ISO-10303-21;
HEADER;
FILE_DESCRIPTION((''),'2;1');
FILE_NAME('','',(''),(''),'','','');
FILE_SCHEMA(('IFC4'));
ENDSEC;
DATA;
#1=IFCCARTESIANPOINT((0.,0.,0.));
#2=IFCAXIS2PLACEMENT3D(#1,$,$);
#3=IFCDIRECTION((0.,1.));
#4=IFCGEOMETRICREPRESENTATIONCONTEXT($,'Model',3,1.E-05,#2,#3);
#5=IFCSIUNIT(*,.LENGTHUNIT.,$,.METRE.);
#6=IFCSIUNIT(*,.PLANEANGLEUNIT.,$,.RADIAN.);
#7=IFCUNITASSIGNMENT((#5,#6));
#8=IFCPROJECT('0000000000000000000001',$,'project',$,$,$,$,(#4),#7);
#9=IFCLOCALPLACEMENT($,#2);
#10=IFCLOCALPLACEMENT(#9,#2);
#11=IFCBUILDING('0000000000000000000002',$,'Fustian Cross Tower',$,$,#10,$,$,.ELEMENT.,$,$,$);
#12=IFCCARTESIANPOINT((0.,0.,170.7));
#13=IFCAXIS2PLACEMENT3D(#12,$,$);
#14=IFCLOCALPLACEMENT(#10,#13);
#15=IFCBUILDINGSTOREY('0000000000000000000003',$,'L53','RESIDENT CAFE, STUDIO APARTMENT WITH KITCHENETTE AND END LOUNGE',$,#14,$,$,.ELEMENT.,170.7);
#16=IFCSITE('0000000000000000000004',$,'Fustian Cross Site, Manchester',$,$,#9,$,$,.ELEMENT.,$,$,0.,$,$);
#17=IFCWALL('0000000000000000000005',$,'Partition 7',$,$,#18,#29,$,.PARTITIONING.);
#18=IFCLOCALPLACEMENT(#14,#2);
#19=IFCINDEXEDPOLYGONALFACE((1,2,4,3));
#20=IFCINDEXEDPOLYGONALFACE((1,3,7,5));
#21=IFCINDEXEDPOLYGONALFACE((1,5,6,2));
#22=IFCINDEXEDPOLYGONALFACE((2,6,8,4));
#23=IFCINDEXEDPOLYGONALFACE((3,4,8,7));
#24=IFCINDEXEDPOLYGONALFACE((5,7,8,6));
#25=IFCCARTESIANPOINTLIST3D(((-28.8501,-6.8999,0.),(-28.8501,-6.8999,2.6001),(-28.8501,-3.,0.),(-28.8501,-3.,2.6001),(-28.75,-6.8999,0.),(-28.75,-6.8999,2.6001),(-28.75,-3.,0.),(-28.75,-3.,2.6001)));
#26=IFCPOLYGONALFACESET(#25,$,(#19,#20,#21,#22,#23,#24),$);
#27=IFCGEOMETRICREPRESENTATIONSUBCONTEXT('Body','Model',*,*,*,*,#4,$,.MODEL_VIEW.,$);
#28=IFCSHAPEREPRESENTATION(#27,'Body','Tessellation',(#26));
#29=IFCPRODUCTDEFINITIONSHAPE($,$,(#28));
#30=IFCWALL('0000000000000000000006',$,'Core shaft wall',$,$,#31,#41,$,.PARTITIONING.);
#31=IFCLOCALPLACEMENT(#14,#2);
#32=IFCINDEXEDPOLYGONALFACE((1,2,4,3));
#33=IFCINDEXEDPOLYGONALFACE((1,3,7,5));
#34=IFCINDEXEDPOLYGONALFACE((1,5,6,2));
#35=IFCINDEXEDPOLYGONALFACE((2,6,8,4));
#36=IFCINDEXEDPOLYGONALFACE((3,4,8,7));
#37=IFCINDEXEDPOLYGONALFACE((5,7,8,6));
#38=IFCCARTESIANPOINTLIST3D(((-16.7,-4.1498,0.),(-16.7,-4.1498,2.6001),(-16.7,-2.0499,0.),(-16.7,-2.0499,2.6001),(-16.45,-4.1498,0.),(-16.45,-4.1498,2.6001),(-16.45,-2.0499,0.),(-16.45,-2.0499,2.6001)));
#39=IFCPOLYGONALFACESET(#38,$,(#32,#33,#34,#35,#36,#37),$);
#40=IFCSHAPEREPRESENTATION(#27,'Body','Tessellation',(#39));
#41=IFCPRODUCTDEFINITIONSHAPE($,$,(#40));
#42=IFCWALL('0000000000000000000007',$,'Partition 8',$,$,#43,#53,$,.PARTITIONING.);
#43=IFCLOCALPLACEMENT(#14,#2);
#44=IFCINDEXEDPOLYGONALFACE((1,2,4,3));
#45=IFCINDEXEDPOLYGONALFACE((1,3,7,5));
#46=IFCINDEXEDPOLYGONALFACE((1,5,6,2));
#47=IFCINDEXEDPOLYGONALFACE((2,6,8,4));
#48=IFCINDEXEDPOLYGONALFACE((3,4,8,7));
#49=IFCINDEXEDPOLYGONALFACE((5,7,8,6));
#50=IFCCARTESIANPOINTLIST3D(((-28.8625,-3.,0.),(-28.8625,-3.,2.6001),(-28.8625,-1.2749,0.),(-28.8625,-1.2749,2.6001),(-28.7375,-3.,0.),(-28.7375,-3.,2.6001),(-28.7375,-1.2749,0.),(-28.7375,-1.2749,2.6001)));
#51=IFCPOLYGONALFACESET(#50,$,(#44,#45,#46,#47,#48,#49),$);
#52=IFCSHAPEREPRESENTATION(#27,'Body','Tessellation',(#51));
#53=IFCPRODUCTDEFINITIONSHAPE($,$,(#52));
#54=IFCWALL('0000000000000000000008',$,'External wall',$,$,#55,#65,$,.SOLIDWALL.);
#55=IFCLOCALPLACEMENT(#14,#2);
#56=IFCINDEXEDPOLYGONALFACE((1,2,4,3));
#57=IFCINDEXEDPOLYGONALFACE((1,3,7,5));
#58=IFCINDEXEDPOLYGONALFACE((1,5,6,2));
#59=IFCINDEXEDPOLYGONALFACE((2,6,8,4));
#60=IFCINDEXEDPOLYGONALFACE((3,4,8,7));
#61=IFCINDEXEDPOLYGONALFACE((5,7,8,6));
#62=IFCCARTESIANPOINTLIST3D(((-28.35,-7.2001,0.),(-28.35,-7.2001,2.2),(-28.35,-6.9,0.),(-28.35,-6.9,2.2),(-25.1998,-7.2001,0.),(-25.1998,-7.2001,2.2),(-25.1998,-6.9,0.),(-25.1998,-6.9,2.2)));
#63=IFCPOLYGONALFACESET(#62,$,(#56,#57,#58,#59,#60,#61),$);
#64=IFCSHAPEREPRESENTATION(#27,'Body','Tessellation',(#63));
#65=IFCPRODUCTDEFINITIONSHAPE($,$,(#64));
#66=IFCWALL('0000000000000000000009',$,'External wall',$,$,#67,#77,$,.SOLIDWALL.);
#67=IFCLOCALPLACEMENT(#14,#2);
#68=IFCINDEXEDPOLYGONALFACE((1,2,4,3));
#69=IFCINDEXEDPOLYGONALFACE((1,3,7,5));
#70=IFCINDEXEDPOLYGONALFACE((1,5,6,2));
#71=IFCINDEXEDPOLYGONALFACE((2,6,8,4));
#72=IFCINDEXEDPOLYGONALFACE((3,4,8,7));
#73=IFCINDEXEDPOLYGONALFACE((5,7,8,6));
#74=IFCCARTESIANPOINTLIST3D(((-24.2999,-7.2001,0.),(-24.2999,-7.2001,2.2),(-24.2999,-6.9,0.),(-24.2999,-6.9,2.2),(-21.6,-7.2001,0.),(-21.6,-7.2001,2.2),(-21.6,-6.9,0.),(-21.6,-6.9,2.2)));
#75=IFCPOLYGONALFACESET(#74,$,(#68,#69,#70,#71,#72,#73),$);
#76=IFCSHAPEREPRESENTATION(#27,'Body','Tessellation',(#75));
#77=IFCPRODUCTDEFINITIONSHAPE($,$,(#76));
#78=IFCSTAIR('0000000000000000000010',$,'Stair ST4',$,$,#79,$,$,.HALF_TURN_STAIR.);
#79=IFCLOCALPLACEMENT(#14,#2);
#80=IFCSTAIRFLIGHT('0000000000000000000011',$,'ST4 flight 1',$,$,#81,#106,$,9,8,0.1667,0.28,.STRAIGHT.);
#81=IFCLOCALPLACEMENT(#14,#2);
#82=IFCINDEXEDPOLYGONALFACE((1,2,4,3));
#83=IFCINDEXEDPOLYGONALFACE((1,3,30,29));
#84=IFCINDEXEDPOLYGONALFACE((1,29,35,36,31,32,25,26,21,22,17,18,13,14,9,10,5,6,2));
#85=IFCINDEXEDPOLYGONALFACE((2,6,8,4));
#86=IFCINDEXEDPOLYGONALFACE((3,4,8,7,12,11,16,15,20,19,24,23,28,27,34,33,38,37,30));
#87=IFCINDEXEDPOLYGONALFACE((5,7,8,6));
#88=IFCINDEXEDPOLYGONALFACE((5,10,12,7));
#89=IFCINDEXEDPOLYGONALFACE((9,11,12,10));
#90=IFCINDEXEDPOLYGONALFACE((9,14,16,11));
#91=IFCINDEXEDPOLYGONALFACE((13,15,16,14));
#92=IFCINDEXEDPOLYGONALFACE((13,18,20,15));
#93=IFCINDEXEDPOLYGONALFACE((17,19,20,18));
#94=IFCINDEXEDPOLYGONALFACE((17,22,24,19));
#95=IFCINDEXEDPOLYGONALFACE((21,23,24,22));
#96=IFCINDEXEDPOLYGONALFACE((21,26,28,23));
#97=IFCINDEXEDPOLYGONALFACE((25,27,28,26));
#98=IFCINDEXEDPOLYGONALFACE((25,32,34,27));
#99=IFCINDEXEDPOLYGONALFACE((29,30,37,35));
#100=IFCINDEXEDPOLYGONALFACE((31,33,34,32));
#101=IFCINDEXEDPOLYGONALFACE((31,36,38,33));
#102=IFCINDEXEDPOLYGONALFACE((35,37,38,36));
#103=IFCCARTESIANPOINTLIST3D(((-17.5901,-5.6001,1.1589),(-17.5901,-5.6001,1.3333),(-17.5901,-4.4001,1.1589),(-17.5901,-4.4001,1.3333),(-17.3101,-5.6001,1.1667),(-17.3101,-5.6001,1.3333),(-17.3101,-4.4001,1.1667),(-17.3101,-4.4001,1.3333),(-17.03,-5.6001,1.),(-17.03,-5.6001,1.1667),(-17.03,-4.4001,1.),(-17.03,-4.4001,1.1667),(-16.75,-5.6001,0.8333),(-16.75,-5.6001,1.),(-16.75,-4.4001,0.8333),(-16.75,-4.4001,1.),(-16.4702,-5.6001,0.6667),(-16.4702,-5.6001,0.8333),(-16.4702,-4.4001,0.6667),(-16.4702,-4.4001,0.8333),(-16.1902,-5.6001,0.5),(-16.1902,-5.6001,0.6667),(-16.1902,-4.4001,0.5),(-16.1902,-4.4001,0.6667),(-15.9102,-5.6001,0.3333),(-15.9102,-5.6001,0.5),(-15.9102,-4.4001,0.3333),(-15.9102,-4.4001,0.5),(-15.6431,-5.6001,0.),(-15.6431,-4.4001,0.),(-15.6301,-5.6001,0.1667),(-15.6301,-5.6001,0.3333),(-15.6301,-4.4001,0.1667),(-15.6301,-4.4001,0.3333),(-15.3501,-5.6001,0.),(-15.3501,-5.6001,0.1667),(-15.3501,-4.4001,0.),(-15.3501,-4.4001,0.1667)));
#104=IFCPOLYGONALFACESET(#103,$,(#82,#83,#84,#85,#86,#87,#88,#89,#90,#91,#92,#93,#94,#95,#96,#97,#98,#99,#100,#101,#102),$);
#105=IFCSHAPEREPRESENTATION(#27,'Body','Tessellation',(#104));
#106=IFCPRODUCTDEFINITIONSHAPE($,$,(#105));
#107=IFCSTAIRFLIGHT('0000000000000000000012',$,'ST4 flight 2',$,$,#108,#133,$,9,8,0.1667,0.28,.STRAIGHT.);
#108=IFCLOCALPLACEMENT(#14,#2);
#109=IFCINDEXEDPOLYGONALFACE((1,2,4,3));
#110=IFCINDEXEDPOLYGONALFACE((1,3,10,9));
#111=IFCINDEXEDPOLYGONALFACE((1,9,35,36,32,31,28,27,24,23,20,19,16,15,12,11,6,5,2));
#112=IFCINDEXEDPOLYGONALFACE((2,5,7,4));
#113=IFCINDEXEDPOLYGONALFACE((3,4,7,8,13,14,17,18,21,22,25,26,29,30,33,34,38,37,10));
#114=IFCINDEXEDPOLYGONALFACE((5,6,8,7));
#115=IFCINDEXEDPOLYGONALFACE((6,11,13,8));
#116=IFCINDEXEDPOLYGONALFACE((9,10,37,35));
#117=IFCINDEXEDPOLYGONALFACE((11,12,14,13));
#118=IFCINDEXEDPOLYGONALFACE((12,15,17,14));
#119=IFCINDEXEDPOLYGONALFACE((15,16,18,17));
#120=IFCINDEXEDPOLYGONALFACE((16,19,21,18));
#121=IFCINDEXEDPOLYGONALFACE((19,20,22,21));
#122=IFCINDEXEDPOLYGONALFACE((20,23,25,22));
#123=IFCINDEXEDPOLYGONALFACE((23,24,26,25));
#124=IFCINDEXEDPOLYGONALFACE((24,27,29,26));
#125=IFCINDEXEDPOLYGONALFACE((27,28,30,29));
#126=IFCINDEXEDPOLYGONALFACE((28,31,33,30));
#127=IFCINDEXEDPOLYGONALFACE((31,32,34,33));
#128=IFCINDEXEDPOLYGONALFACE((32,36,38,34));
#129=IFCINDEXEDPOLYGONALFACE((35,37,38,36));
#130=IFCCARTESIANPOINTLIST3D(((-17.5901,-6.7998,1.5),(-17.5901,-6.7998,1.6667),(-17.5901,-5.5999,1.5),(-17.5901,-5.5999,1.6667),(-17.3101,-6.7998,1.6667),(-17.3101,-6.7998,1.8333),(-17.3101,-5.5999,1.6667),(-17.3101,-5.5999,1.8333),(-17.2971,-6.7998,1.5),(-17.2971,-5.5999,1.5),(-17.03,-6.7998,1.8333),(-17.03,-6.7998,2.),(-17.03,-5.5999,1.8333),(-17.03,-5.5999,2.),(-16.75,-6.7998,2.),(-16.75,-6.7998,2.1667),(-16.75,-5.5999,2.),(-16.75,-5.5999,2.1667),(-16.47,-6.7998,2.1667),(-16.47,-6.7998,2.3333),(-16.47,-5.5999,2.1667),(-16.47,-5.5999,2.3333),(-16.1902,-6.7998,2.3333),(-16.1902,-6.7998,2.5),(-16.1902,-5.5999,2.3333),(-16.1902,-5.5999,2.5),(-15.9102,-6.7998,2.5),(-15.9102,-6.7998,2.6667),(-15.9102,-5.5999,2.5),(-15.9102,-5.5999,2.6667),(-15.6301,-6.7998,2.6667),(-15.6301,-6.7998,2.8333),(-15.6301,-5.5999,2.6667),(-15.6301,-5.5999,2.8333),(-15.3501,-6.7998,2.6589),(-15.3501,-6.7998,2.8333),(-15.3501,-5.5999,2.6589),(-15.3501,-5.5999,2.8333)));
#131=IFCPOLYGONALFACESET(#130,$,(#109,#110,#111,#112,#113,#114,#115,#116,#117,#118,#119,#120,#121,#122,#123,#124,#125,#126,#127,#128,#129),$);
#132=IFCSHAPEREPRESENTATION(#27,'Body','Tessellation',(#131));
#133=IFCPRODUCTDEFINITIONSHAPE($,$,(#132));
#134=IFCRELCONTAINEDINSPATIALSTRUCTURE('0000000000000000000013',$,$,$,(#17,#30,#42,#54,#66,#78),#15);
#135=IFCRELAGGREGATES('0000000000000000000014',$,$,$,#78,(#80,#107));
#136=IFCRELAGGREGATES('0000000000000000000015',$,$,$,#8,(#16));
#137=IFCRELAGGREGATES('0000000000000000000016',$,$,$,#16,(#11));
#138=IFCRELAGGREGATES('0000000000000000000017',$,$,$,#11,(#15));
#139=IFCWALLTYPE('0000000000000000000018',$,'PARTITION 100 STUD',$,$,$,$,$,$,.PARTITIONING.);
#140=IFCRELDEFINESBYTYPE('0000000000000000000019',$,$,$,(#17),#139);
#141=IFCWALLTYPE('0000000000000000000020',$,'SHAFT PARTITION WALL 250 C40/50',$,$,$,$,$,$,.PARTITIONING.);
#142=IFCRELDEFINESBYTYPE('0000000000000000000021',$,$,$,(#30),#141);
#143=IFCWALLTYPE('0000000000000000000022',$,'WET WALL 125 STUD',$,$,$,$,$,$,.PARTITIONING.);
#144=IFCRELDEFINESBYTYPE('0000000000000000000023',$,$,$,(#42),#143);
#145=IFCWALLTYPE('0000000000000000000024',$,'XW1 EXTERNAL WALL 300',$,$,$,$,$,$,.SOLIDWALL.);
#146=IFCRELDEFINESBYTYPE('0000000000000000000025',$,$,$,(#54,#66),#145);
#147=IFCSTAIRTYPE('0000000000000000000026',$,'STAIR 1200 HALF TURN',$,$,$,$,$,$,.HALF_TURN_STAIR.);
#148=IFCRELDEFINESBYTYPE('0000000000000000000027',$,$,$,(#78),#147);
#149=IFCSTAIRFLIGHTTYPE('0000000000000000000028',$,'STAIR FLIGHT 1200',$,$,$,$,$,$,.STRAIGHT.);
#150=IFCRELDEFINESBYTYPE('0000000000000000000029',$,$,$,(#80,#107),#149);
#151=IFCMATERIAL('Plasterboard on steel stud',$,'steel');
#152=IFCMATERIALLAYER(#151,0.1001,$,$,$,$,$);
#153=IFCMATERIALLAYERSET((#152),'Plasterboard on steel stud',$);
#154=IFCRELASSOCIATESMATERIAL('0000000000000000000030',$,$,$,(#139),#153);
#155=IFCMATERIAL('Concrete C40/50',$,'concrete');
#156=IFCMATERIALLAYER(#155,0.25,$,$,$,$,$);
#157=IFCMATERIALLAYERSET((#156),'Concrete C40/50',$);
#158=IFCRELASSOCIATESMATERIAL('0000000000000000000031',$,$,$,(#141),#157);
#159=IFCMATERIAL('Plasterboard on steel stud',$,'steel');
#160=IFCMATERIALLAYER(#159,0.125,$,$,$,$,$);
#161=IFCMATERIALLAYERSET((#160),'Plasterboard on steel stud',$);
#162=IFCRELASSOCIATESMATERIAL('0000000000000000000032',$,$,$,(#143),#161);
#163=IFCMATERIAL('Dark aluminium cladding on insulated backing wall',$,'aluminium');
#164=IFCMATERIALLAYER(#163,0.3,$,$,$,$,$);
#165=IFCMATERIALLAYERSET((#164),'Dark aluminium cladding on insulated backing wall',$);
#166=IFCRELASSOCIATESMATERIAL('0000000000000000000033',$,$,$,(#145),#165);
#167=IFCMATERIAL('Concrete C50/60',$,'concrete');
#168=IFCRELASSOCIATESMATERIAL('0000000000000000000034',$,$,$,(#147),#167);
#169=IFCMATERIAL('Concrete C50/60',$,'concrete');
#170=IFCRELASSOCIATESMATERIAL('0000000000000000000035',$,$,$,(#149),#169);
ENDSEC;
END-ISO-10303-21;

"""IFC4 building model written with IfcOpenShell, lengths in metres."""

from ifc_helpers import new_model, si_unit, direction, frame, frame_2d, origin, place, context, subcontext, project, spatial, polyline, rectangle, outline, extrude, material, layer, layer_set, type_object, element, aggregate, save


model = new_model("IFC4")

# Units and contexts
model_context = context("Model", 3, precision=1e-05, world=origin(), true_north=direction((0.0, 1.0)))
body_context = subcontext(model_context, "Body", "Model", "MODEL_VIEW")
ifc_project = project(units=[si_unit("LENGTHUNIT", "METRE"), si_unit("PLANEANGLEUNIT", "RADIAN")], contexts=[model_context])

# Site, building, storey
site_placement = place(None, origin())
site = spatial("IfcSite", under=ifc_project, at=site_placement, Name="Fustian Cross Site, Manchester", CompositionType="ELEMENT", RefElevation=0.0)
building_placement = place(site_placement, origin())
building = spatial("IfcBuilding", under=site, at=building_placement, Name="Fustian Cross Tower", CompositionType="ELEMENT")
storey_placement = place(building_placement, frame((0.0, 0.0, 170.7)))
storey = spatial("IfcBuildingStorey", under=building, at=storey_placement, Name="L53", Description="RESIDENT CAFE, STUDIO APARTMENT WITH KITCHENETTE AND END LOUNGE", CompositionType="ELEMENT", Elevation=170.7)

# Shared definitions
ifc_material_1 = material(Name="Plasterboard on steel stud", Category="steel")
ifc_layer_1 = layer(ifc_material_1, 0.1001)
ifc_layer_set_1 = layer_set([ifc_layer_1], Name="Plasterboard on steel stud")
wall_type_1 = type_object("IfcWallType", Name="PARTITION 100 STUD", PredefinedType="PARTITIONING", material=ifc_layer_set_1)

# Walls
wall_1_placement = place(storey_placement, frame((-28.8, -6.8999, 0.0), z_axis=(0.0, 0.0, 1.0), x_axis=(0.0, 1.0, 0.0)))
element("IfcWall", 1, at=wall_1_placement, inside=storey, type_object=wall_type_1, Name="Partition 7", PredefinedType="PARTITIONING", context=body_context, shape_type="SweptSolid", body=[
    extrude(rectangle(XDim=3.8999, YDim=0.1001, at=frame_2d((1.95, 0.0))), origin(), (0.0, 0.0, 1.0), 2.6001),
])
ifc_material_2 = material(Name="Concrete C40/50", Category="concrete")
ifc_layer_2 = layer(ifc_material_2, 0.25)
ifc_layer_set_2 = layer_set([ifc_layer_2], Name="Concrete C40/50")
wall_type_2 = type_object("IfcWallType", Name="SHAFT PARTITION WALL 250 C40/50", PredefinedType="PARTITIONING", material=ifc_layer_set_2)
wall_2_placement = place(storey_placement, frame((-16.575, -2.05, 0.0), z_axis=(0.0, 0.0, 1.0), x_axis=(0.0, -1.0, 0.0)))
element("IfcWall", 2, at=wall_2_placement, inside=storey, type_object=wall_type_2, Name="Core shaft wall", PredefinedType="PARTITIONING", context=body_context, shape_type="SweptSolid", body=[
    extrude(rectangle(XDim=2.0999, YDim=0.25, at=frame_2d((1.0498, 0.0))), origin(), (0.0, 0.0, 1.0), 2.6001),
])
ifc_material_3 = material(Name="Plasterboard on steel stud", Category="steel")
ifc_layer_3 = layer(ifc_material_3, 0.125)
ifc_layer_set_3 = layer_set([ifc_layer_3], Name="Plasterboard on steel stud")
wall_type_3 = type_object("IfcWallType", Name="WET WALL 125 STUD", PredefinedType="PARTITIONING", material=ifc_layer_set_3)
wall_3_placement = place(storey_placement, frame((-28.8, -3.0, 0.0), z_axis=(0.0, 0.0, 1.0), x_axis=(0.0, 1.0, 0.0)))
element("IfcWall", 3, at=wall_3_placement, inside=storey, type_object=wall_type_3, Name="Partition 8", PredefinedType="PARTITIONING", context=body_context, shape_type="SweptSolid", body=[
    extrude(rectangle(XDim=1.7251, YDim=0.125, at=frame_2d((0.8625, 0.0))), origin(), (0.0, 0.0, 1.0), 2.6001),
])
ifc_material_4 = material(Name="Dark aluminium cladding on insulated backing wall", Category="aluminium")
ifc_layer_4 = layer(ifc_material_4, 0.3)
ifc_layer_set_4 = layer_set([ifc_layer_4], Name="Dark aluminium cladding on insulated backing wall")
wall_type_4 = type_object("IfcWallType", Name="XW1 EXTERNAL WALL 300", PredefinedType="SOLIDWALL", material=ifc_layer_set_4)
wall_4_placement = place(storey_placement, frame((-28.3501, -7.05, 0.0), z_axis=(0.0, 0.0, 1.0), x_axis=(1.0, 0.0, 0.0)))
element("IfcWall", 4, at=wall_4_placement, inside=storey, type_object=wall_type_4, Name="External wall", PredefinedType="SOLIDWALL", context=body_context, shape_type="SweptSolid", body=[
    extrude(rectangle(XDim=3.1501, YDim=0.3, at=frame_2d((1.5752, 0.0))), origin(), (0.0, 0.0, 1.0), 2.2),
])
wall_5_placement = place(storey_placement, frame((-24.3, -7.05, 0.0), z_axis=(0.0, 0.0, 1.0), x_axis=(1.0, 0.0, 0.0)))
element("IfcWall", 5, at=wall_5_placement, inside=storey, type_object=wall_type_4, Name="External wall", PredefinedType="SOLIDWALL", context=body_context, shape_type="SweptSolid", body=[
    extrude(rectangle(XDim=2.7, YDim=0.3, at=frame_2d((1.3501, 0.0))), origin(), (0.0, 0.0, 1.0), 2.2),
])

# Stair, stair flights
ifc_material_5 = material(Name="Concrete C50/60", Category="concrete")
stair_type = type_object("IfcStairType", Name="STAIR 1200 HALF TURN", PredefinedType="HALF_TURN_STAIR", material=ifc_material_5)
stair_placement = place(storey_placement, origin())
stair = element("IfcStair", 6, at=stair_placement, inside=storey, type_object=stair_type, Name="Stair ST4", PredefinedType="HALF_TURN_STAIR")
ifc_material_6 = material(Name="Concrete C50/60", Category="concrete")
stair_flight_type = type_object("IfcStairFlightType", Name="STAIR FLIGHT 1200", PredefinedType="STRAIGHT", material=ifc_material_6)
stair_flight_1_placement = place(storey_placement, frame((-15.3501, -5.0, 0.0), z_axis=(0.0, 0.0, 1.0), x_axis=(-1.0, 0.0, 0.0)))
stair_flight_1 = element("IfcStairFlight", 7, at=stair_flight_1_placement, type_object=stair_flight_type, Name="ST4 flight 1", NumberOfRisers=9, NumberOfTreads=8, PredefinedType="STRAIGHT", RiserHeight=0.1667, TreadLength=0.28, context=body_context, shape_type="SweptSolid", body=[
    extrude(outline(polyline([(0.0, 0.0), (0.0, 0.1667), (0.28, 0.1667), (0.28, 0.3333), (0.5601, 0.3333), (0.5601, 0.5), (0.8401, 0.5), (0.8401, 0.6667), (1.1201, 0.6667), (1.1201, 0.8333), (1.3999, 0.8333), (1.3999, 1.0), (1.6799, 1.0), (1.6799, 1.1667), (1.96, 1.1667), (1.96, 1.3333), (2.24, 1.3333), (2.24, 1.5), (2.24, 1.1589), (0.293, 0.0), (0.0, 0.0)])), frame((0.0, 0.6001, 0.0), z_axis=(0.0, -1.0, 0.0), x_axis=(1.0, 0.0, 0.0)), (0.0, 0.0, 1.0), 1.2),
])
stair_flight_2_placement = place(storey_placement, frame((-17.5901, -6.2, 1.5), z_axis=(0.0, 0.0, 1.0), x_axis=(1.0, 0.0, 0.0)))
stair_flight_2 = element("IfcStairFlight", 8, at=stair_flight_2_placement, type_object=stair_flight_type, Name="ST4 flight 2", NumberOfRisers=9, NumberOfTreads=8, PredefinedType="STRAIGHT", RiserHeight=0.1667, TreadLength=0.28, context=body_context, shape_type="SweptSolid", body=[
    extrude(outline(polyline([(0.0, 0.0), (0.0, 0.1667), (0.28, 0.1667), (0.28, 0.3333), (0.5601, 0.3333), (0.5601, 0.5), (0.8401, 0.5), (0.8401, 0.6667), (1.1201, 0.6667), (1.1201, 0.8333), (1.3999, 0.8333), (1.3999, 1.0), (1.6799, 1.0), (1.6799, 1.1667), (1.96, 1.1667), (1.96, 1.3333), (2.24, 1.3333), (2.24, 1.5), (2.24, 1.1589), (0.293, 0.0), (0.0, 0.0)])), frame((0.0, 0.6001, 0.0), z_axis=(0.0, -1.0, 0.0), x_axis=(1.0, 0.0, 0.0)), (0.0, 0.0, 1.0), 1.2),
])
aggregate(stair, [stair_flight_1, stair_flight_2])

save(model, "model.ifc")
